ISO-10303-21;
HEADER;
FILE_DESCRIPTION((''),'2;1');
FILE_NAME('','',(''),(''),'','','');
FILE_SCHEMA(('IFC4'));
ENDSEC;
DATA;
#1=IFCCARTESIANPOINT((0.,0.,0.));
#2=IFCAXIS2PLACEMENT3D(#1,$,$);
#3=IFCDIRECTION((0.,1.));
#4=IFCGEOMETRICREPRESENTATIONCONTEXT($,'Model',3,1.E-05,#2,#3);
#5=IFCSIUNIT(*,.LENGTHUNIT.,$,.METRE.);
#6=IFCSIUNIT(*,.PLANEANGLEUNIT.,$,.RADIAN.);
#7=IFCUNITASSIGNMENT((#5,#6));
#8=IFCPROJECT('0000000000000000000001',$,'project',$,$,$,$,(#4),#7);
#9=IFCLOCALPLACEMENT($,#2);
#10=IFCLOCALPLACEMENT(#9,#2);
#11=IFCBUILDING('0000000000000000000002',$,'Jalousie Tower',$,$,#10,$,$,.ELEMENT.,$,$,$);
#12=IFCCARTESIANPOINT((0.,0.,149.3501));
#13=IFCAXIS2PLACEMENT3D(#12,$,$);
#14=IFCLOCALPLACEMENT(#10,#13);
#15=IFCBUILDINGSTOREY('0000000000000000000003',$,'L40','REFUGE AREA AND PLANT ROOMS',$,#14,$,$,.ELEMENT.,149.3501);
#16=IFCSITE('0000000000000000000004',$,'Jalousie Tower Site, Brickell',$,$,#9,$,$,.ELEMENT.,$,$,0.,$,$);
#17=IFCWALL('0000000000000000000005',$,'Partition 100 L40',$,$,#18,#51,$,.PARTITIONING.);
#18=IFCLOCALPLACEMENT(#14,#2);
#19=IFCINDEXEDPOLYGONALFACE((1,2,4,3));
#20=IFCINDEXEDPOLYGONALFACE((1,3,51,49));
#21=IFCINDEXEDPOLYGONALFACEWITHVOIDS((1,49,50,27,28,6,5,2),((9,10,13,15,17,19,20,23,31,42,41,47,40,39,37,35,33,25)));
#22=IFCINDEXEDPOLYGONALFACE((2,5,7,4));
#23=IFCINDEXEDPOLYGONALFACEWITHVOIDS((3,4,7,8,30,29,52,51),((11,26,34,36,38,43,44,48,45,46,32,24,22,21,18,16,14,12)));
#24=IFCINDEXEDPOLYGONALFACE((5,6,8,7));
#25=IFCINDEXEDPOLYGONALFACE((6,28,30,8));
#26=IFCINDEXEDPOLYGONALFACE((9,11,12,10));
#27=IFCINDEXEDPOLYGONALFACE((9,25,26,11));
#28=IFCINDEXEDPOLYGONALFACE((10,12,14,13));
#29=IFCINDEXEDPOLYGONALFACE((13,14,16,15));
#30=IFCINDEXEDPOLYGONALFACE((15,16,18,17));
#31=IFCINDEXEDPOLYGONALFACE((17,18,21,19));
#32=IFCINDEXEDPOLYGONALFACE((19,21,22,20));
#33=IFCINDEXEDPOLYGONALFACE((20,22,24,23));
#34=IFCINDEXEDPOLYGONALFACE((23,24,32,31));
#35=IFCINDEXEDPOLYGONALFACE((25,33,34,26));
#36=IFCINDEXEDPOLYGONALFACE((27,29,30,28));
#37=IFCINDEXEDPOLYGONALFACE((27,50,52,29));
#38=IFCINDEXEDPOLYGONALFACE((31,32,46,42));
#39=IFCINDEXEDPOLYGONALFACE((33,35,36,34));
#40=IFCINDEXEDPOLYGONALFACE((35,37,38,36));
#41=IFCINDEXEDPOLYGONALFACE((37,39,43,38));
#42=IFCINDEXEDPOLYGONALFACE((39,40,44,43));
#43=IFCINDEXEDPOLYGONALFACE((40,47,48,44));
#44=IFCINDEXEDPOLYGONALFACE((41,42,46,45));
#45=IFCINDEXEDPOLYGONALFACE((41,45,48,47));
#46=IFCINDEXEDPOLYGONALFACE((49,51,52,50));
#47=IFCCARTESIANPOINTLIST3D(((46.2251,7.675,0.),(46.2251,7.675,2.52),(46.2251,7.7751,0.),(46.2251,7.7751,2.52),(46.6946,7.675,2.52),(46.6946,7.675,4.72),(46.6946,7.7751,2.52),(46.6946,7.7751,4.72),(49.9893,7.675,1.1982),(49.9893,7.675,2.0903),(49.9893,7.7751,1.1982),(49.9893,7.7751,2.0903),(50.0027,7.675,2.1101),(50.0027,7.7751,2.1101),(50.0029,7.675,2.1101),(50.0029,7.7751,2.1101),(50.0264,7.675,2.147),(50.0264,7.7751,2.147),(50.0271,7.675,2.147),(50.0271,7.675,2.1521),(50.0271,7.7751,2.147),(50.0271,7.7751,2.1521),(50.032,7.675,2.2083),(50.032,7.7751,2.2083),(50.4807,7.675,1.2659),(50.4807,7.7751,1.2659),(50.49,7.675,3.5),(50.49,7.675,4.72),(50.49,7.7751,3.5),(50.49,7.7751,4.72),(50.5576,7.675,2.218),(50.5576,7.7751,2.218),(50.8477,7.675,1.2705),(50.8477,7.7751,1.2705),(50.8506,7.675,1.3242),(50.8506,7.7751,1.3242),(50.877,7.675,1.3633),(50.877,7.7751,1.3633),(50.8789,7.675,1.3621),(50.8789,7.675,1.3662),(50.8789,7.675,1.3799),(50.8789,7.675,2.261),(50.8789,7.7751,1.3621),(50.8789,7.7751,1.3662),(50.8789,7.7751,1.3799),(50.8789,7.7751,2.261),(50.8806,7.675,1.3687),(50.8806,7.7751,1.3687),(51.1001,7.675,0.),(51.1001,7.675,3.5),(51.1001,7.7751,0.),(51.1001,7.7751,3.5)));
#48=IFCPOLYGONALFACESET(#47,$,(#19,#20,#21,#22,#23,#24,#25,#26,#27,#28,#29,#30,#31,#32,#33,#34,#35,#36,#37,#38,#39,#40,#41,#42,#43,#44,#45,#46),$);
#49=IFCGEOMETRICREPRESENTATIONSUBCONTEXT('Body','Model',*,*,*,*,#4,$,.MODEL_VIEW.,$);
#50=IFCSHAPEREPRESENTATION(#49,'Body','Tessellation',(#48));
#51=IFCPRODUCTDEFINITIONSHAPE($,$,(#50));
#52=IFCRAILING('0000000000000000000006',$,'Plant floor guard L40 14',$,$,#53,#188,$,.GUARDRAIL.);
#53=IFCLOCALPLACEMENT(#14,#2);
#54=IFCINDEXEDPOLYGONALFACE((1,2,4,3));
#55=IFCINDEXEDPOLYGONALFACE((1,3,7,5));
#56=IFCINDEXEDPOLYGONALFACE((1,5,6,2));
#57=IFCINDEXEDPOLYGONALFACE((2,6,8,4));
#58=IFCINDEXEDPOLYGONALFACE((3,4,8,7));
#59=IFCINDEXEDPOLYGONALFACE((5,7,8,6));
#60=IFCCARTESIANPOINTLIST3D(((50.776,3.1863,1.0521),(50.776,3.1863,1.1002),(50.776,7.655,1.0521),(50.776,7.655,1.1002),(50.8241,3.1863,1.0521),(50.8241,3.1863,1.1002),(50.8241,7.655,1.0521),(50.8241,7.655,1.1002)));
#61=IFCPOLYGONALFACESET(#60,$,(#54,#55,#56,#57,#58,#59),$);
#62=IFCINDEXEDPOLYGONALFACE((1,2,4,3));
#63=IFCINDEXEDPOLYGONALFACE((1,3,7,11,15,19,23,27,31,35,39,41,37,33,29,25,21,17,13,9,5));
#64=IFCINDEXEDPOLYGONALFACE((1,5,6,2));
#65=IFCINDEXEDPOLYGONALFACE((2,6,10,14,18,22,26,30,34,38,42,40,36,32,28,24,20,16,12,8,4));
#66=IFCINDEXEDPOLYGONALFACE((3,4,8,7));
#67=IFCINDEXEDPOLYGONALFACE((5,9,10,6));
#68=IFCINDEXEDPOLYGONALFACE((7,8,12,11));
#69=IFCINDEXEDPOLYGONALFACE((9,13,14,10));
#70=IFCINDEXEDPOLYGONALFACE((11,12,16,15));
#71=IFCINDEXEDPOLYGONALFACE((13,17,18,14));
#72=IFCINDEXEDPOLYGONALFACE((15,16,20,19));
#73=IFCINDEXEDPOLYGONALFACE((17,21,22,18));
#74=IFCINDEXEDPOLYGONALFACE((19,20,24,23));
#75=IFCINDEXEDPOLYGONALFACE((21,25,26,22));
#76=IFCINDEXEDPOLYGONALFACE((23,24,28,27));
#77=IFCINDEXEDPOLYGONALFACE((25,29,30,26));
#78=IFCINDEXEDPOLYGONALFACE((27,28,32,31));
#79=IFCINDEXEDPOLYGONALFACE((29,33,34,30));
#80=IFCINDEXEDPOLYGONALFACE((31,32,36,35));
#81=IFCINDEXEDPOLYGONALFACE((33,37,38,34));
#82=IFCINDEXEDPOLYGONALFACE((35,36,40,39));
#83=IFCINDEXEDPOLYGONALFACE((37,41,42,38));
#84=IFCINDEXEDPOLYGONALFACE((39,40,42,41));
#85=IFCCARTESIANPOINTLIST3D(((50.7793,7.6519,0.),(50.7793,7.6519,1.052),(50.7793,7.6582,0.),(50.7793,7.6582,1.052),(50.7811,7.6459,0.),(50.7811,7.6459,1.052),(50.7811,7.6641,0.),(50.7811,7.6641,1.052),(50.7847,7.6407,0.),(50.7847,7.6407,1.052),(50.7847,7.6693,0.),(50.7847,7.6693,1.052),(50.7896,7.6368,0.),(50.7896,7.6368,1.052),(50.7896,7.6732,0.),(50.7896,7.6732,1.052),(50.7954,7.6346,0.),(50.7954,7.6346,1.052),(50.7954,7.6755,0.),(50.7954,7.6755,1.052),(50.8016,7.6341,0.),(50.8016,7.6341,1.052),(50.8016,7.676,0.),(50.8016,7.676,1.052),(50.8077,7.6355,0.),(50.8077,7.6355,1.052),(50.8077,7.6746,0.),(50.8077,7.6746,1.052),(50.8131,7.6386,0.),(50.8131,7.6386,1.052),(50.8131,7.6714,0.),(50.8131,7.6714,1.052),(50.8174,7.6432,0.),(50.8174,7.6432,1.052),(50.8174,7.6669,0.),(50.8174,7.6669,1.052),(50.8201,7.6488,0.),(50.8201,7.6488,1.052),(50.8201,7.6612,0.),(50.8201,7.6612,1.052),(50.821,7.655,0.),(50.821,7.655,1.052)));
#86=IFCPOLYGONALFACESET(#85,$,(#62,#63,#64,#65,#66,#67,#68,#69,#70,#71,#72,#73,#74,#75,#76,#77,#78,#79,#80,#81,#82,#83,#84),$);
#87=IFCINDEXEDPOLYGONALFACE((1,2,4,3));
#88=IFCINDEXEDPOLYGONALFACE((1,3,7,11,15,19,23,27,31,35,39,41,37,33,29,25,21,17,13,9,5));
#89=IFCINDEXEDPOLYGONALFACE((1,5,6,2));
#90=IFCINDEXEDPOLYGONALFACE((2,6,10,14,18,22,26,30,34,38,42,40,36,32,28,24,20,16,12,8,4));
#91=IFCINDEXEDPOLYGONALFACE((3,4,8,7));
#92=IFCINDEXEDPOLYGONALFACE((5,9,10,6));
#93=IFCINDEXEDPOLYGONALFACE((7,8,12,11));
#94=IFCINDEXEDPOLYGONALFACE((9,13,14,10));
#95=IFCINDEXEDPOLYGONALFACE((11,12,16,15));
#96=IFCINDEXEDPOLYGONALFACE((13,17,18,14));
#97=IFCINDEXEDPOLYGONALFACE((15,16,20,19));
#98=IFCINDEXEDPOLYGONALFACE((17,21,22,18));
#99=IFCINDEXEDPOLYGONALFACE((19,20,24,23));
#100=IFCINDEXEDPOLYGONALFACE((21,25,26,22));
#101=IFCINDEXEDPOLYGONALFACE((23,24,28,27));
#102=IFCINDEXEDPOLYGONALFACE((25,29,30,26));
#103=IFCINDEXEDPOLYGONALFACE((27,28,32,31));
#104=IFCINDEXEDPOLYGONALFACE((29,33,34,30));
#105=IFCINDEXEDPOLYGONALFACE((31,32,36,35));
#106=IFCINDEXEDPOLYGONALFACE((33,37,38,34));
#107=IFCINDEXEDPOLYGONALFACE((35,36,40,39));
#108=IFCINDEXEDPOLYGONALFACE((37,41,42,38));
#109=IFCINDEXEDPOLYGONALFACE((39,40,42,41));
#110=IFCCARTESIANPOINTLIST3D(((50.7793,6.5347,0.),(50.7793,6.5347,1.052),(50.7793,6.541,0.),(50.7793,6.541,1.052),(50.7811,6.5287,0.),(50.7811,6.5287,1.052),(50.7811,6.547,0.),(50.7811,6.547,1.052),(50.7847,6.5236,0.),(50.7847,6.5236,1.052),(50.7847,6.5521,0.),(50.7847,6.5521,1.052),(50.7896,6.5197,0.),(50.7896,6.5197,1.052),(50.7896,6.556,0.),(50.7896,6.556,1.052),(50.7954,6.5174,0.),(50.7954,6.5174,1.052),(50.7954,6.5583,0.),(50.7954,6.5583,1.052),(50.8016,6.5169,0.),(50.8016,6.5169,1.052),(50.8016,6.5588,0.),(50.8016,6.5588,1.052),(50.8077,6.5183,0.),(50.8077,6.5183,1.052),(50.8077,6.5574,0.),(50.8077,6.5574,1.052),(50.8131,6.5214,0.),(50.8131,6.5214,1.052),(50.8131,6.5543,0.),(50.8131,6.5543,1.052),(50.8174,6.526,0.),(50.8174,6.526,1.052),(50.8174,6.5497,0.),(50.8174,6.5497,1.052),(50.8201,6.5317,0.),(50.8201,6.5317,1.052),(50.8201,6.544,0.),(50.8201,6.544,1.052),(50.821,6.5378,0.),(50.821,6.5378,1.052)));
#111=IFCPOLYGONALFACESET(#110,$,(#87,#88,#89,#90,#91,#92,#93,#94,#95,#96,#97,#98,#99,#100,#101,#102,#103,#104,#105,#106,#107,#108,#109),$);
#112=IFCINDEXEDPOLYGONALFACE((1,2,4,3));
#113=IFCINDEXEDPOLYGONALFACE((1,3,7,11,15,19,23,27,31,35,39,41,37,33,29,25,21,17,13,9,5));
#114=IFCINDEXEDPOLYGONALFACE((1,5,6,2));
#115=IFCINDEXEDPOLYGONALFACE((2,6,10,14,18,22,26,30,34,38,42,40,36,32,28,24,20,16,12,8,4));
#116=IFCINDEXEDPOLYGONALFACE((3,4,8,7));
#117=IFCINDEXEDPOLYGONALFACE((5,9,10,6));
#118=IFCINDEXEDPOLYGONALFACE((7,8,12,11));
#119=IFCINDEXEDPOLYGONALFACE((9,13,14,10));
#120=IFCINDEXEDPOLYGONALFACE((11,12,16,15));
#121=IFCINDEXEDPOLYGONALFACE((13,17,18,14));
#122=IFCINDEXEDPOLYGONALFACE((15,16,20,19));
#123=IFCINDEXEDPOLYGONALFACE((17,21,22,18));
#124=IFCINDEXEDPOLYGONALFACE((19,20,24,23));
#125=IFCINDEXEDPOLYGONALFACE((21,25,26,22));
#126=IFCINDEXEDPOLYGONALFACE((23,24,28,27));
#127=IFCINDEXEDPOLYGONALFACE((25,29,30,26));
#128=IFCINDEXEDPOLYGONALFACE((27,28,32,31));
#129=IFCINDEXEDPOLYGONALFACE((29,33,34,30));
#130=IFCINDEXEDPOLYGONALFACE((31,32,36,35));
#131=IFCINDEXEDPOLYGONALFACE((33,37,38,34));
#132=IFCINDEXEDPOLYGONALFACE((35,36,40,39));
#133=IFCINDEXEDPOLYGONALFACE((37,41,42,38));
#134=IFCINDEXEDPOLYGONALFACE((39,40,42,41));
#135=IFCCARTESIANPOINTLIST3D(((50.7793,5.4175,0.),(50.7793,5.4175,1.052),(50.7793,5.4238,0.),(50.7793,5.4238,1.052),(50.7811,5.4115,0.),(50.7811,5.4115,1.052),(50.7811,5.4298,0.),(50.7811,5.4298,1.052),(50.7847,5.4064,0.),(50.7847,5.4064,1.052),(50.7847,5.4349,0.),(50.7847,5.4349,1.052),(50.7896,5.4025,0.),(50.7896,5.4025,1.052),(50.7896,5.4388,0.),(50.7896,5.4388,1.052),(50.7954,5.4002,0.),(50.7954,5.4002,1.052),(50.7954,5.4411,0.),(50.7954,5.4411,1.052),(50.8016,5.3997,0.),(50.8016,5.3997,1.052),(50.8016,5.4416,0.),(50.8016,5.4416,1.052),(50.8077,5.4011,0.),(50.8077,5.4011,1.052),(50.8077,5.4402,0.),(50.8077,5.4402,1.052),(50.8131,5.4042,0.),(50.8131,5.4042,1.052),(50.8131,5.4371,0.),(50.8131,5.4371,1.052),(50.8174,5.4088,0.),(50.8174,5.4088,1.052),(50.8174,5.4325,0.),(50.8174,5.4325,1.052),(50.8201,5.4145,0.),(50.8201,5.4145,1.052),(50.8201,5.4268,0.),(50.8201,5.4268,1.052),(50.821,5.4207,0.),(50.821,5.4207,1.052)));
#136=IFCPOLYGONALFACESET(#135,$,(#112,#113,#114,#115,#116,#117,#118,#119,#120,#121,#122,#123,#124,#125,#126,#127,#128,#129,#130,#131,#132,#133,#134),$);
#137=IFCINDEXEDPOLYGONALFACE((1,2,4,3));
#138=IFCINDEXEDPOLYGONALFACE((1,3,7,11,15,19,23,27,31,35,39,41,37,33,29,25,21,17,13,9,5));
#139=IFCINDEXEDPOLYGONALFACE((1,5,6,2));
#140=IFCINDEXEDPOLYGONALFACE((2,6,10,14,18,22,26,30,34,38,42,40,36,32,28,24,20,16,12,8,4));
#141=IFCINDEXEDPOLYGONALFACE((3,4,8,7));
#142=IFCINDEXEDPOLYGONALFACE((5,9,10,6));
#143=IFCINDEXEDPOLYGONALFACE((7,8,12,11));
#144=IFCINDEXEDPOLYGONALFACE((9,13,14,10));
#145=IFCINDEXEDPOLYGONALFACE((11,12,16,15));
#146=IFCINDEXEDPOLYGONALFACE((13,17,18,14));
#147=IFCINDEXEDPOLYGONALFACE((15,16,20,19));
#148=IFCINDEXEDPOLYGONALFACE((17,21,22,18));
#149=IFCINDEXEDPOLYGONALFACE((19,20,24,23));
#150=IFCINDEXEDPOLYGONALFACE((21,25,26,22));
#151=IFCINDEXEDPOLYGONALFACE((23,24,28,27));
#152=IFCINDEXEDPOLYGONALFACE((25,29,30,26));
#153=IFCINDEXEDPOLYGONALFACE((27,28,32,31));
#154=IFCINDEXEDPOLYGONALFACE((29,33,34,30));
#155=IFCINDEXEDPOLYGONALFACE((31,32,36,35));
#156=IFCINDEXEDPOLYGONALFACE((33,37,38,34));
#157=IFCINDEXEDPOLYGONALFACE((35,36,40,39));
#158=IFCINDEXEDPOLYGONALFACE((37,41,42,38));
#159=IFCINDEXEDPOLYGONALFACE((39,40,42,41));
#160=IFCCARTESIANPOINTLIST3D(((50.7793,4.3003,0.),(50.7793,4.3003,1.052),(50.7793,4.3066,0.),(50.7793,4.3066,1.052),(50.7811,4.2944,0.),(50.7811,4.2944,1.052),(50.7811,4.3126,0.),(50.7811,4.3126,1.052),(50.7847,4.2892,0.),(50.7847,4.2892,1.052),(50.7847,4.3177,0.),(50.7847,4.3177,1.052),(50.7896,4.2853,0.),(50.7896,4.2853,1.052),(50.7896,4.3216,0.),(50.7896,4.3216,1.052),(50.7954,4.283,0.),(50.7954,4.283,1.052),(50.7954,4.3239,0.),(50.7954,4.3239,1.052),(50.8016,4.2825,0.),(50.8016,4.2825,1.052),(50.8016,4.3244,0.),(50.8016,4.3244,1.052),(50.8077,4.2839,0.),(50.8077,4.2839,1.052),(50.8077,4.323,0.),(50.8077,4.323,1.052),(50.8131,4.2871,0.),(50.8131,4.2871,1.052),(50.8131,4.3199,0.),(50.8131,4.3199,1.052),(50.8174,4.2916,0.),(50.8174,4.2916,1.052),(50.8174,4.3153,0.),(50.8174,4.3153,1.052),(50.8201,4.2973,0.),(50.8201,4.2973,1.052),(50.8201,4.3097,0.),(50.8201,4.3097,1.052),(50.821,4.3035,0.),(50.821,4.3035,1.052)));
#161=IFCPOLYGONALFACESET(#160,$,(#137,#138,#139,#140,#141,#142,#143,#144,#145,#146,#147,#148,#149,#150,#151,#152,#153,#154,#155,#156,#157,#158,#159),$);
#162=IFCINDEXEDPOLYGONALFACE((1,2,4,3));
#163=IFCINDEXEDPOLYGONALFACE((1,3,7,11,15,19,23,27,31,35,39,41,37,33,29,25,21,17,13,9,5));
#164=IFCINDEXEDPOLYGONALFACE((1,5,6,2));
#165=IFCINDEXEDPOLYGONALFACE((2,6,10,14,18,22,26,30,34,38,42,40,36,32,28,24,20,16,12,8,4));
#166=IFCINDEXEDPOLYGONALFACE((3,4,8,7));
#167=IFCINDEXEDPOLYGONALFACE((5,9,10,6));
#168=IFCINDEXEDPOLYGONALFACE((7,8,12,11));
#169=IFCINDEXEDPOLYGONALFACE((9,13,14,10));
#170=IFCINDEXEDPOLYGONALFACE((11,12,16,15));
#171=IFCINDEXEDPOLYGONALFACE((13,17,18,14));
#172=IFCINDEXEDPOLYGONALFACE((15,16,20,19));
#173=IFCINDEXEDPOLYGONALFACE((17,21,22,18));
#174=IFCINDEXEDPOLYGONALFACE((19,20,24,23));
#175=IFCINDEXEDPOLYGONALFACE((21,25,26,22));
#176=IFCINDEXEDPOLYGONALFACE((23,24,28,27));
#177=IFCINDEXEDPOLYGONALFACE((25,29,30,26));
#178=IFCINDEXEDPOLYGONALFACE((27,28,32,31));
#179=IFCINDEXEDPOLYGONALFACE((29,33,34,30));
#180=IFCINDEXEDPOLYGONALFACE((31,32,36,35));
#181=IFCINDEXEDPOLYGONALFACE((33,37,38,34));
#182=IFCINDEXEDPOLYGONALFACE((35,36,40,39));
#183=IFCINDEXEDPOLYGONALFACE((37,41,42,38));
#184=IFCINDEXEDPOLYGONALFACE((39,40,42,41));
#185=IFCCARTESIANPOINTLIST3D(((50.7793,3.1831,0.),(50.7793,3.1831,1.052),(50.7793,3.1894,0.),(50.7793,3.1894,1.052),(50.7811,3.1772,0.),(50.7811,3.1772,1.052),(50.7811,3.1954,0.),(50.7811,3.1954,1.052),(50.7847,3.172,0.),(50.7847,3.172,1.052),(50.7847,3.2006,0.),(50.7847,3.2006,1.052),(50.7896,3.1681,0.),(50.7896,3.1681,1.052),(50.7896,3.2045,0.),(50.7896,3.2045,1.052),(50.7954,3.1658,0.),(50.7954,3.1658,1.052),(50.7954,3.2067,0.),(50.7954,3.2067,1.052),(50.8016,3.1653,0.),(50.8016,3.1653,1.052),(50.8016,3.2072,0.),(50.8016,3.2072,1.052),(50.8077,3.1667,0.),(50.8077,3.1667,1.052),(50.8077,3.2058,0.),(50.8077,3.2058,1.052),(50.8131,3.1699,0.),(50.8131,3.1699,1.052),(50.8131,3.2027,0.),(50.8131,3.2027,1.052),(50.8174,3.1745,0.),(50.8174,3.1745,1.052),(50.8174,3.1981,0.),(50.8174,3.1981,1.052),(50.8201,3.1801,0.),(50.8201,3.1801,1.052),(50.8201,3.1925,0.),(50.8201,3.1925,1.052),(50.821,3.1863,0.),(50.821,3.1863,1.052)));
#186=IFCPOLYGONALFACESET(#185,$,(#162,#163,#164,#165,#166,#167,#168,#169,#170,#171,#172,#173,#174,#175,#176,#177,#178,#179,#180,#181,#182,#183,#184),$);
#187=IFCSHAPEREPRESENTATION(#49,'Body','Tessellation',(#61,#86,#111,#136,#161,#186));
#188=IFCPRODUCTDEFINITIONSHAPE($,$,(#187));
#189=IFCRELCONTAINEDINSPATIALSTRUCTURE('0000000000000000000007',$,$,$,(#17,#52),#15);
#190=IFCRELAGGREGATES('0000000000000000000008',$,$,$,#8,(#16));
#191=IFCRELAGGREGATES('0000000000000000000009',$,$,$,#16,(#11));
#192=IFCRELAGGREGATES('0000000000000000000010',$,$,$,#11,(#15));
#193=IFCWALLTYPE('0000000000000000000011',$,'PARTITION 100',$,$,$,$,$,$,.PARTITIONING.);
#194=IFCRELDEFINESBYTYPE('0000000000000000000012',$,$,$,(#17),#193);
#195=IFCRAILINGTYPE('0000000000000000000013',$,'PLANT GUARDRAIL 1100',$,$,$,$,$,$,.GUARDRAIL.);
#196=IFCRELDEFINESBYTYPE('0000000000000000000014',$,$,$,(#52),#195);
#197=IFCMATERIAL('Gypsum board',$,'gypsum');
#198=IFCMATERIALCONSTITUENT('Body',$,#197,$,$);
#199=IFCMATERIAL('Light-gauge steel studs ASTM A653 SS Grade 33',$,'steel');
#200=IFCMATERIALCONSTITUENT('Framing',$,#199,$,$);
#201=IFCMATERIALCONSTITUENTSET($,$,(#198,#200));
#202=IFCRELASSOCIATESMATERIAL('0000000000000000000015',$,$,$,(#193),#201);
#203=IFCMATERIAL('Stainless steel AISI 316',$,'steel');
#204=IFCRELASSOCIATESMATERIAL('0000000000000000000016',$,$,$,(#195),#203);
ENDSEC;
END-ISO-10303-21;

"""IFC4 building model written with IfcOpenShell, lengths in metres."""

from ifc_helpers import new_model, si_unit, direction, frame, origin, origin_2d, place, context, subcontext, project, spatial, polyline, rectangle, circle, outline, extrude, material, constituent, constituent_set, type_object, element, save


model = new_model("IFC4")

# Units and contexts
model_context = context("Model", 3, precision=1e-05, world=origin(), true_north=direction((0.0, 1.0)))
body_context = subcontext(model_context, "Body", "Model", "MODEL_VIEW")
ifc_project = project(units=[si_unit("LENGTHUNIT", "METRE"), si_unit("PLANEANGLEUNIT", "RADIAN")], contexts=[model_context])

# Site, building, storey
site_placement = place(None, origin())
site = spatial("IfcSite", under=ifc_project, at=site_placement, Name="Jalousie Tower Site, Brickell", CompositionType="ELEMENT", RefElevation=0.0)
building_placement = place(site_placement, origin())
building = spatial("IfcBuilding", under=site, at=building_placement, Name="Jalousie Tower", CompositionType="ELEMENT")
storey_placement = place(building_placement, frame((0.0, 0.0, 149.3501)))
storey = spatial("IfcBuildingStorey", under=building, at=storey_placement, Name="L40", Description="REFUGE AREA AND PLANT ROOMS", CompositionType="ELEMENT", Elevation=149.3501)

# Wall
ifc_material_1 = material(Name="Gypsum board", Category="gypsum")
ifc_constituent_1 = constituent(ifc_material_1, Name="Body")
ifc_material_2 = material(Name="Light-gauge steel studs ASTM A653 SS Grade 33", Category="steel")
ifc_constituent_2 = constituent(ifc_material_2, Name="Framing")
ifc_constituent_set_1 = constituent_set(constituents=[ifc_constituent_1, ifc_constituent_2])
wall_type_1 = type_object("IfcWallType", Name="PARTITION 100", PredefinedType="PARTITIONING", material=ifc_constituent_set_1)
wall_1_placement = place(storey_placement, frame((46.2251, 7.7251, 0.0), z_axis=(0.0, 0.0, 1.0), x_axis=(1.0, 0.0, 0.0)))
element("IfcWall", 1, at=wall_1_placement, inside=storey, type_object=wall_type_1, Name="Partition 100 L40", PredefinedType="PARTITIONING", context=body_context, shape_type="SweptSolid", body=[
    extrude(outline(polyline([(0.4695, 2.52), (0.0, 2.52), (0.0, 0.0), (4.875, 0.0), (4.875, 3.5), (4.2649, 3.5), (4.2649, 4.72), (0.4695, 4.72), (0.4695, 2.52)]), holes=[polyline([(4.6538, 2.261), (4.6538, 1.3799), (4.6555, 1.3687), (4.6538, 1.3662), (4.6538, 1.3621), (4.6519, 1.3633), (4.6255, 1.3242), (4.6226, 1.2705), (4.2556, 1.2659), (3.7642, 1.1982), (3.7642, 2.0903), (3.7776, 2.1101), (3.7778, 2.1101), (3.8013, 2.147), (3.802, 2.147), (3.802, 2.1521), (3.8069, 2.2083), (4.3325, 2.218), (4.6538, 2.261)])]), frame((0.0, 0.05, 0.0), z_axis=(0.0, -1.0, 0.0), x_axis=(1.0, 0.0, 0.0)), (0.0, 0.0, 1.0), 0.1001),
])

# Railing
ifc_material_3 = material(Name="Stainless steel AISI 316", Category="steel")
railing_type = type_object("IfcRailingType", Name="PLANT GUARDRAIL 1100", PredefinedType="GUARDRAIL", material=ifc_material_3)
railing_1_placement = place(storey_placement, frame((50.8, 7.655, 0.0)))
element("IfcRailing", 2, at=railing_1_placement, inside=storey, type_object=railing_type, Name="Plant floor guard L40 14", PredefinedType="GUARDRAIL", context=body_context, shape_type="SweptSolid", body=[
    extrude(rectangle(XDim=0.0481, YDim=0.0481, at=origin_2d()), frame((0.0, 0.0, 1.0762), z_axis=(0.0, -1.0, 0.0), x_axis=(1.0, 0.0, 0.0)), (0.0, 0.0, 1.0), 4.4688),
    extrude(circle(Radius=0.021, at=origin_2d()), origin(), (0.0, 0.0, 1.0), 1.052),
    extrude(circle(Radius=0.021, at=origin_2d()), frame((0.0, -1.1172, 0.0)), (0.0, 0.0, 1.0), 1.052),
    extrude(circle(Radius=0.021, at=origin_2d()), frame((0.0, -2.2344, 0.0)), (0.0, 0.0, 1.0), 1.052),
    extrude(circle(Radius=0.021, at=origin_2d()), frame((0.0, -3.3516, 0.0)), (0.0, 0.0, 1.0), 1.052),
    extrude(circle(Radius=0.021, at=origin_2d()), frame((0.0, -4.4688, 0.0)), (0.0, 0.0, 1.0), 1.052),
])

save(model, "model.ifc")
